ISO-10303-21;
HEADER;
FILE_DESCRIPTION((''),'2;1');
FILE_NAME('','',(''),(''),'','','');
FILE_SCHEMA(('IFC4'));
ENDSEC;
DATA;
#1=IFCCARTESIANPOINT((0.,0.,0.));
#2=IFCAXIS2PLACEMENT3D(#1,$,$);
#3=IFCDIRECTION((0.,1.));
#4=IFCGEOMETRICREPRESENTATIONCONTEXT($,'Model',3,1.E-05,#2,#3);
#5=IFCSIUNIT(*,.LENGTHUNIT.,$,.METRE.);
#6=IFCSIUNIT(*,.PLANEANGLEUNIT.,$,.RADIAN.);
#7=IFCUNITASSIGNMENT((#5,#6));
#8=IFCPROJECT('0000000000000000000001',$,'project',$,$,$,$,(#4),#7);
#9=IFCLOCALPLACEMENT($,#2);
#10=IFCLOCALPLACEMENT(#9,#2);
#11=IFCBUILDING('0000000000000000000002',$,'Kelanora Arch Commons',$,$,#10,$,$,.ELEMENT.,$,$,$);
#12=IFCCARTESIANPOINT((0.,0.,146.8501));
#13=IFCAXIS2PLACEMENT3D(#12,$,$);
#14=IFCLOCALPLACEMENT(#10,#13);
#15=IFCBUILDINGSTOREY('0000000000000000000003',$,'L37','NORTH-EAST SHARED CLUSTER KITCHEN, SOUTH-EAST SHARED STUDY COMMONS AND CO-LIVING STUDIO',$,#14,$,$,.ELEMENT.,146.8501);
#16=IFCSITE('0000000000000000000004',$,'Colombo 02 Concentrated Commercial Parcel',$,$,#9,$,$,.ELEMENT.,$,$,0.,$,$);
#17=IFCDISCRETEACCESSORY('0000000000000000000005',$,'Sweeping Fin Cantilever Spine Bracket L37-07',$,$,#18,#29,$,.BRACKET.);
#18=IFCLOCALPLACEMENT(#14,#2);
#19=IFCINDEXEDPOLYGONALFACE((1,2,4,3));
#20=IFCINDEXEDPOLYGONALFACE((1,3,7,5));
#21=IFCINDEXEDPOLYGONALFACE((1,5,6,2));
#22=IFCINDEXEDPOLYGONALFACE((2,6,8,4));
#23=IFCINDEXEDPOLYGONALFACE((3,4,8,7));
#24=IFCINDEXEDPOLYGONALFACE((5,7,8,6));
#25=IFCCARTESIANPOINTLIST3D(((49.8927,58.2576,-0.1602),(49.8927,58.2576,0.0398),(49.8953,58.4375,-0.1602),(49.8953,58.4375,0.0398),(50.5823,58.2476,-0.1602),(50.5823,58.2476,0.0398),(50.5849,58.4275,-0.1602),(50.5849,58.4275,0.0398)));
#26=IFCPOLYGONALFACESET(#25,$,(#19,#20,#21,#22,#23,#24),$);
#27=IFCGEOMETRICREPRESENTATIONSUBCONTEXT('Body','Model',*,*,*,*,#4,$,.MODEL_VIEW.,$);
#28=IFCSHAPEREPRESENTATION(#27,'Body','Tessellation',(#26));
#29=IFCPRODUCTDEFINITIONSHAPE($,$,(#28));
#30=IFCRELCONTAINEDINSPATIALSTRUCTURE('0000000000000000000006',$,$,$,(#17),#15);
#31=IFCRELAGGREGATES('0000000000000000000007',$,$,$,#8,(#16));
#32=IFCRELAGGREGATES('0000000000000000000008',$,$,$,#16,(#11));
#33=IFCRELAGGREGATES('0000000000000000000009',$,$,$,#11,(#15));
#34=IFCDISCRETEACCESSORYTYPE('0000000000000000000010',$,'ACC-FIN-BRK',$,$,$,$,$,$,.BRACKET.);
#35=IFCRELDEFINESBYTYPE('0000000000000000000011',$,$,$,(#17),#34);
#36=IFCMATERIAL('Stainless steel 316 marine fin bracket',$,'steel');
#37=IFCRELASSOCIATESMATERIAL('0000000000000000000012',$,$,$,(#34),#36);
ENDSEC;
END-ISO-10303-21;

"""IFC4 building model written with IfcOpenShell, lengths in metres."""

from ifc_helpers import new_model, si_unit, direction, frame, origin, origin_2d, place, context, subcontext, project, spatial, rectangle, extrude, source, transform, mapped, material, type_object, element, save


model = new_model("IFC4")

# Units and contexts
model_context = context("Model", 3, precision=1e-05, world=origin(), true_north=direction((0.0, 1.0)))
body_context = subcontext(model_context, "Body", "Model", "MODEL_VIEW")
ifc_project = project(units=[si_unit("LENGTHUNIT", "METRE"), si_unit("PLANEANGLEUNIT", "RADIAN")], contexts=[model_context])

# Site, building, storey
site_placement = place(None, origin())
site = spatial("IfcSite", under=ifc_project, at=site_placement, Name="Colombo 02 Concentrated Commercial Parcel", CompositionType="ELEMENT", RefElevation=0.0)
building_placement = place(site_placement, origin())
building = spatial("IfcBuilding", under=site, at=building_placement, Name="Kelanora Arch Commons", CompositionType="ELEMENT")
storey_placement = place(building_placement, frame((0.0, 0.0, 146.8501)))
storey = spatial("IfcBuildingStorey", under=building, at=storey_placement, Name="L37", Description="NORTH-EAST SHARED CLUSTER KITCHEN, SOUTH-EAST SHARED STUDY COMMONS AND CO-LIVING STUDIO", CompositionType="ELEMENT", Elevation=146.8501)

# Discrete accessory
ifc_material_1 = material(Name="Stainless steel 316 marine fin bracket", Category="steel")
discrete_accessory_type = type_object("IfcDiscreteAccessoryType", Name="ACC-FIN-BRK", PredefinedType="BRACKET", material=ifc_material_1)
shared_shape_1 = source(origin(), body_context, "Body", "SweptSolid", [
    extrude(rectangle(XDim=0.6897, YDim=0.1799, at=origin_2d()), origin(), (0.0, 0.0, 1.0), 0.2),
])
discrete_accessory_placement = place(storey_placement, frame((50.2388, 58.3425, -0.1602), z_axis=(0.0, 0.0, 1.0), x_axis=(-0.999895, 0.014486, 0.0)))
element("IfcDiscreteAccessory", 1, at=discrete_accessory_placement, inside=storey, type_object=discrete_accessory_type, Name="Sweeping Fin Cantilever Spine Bracket L37-07", PredefinedType="BRACKET", context=body_context, shape_type="MappedRepresentation", body=[
    mapped(shared_shape_1, transform((0.0, 0.0, 0.0), scale=1.0)),
])

save(model, "model.ifc")
